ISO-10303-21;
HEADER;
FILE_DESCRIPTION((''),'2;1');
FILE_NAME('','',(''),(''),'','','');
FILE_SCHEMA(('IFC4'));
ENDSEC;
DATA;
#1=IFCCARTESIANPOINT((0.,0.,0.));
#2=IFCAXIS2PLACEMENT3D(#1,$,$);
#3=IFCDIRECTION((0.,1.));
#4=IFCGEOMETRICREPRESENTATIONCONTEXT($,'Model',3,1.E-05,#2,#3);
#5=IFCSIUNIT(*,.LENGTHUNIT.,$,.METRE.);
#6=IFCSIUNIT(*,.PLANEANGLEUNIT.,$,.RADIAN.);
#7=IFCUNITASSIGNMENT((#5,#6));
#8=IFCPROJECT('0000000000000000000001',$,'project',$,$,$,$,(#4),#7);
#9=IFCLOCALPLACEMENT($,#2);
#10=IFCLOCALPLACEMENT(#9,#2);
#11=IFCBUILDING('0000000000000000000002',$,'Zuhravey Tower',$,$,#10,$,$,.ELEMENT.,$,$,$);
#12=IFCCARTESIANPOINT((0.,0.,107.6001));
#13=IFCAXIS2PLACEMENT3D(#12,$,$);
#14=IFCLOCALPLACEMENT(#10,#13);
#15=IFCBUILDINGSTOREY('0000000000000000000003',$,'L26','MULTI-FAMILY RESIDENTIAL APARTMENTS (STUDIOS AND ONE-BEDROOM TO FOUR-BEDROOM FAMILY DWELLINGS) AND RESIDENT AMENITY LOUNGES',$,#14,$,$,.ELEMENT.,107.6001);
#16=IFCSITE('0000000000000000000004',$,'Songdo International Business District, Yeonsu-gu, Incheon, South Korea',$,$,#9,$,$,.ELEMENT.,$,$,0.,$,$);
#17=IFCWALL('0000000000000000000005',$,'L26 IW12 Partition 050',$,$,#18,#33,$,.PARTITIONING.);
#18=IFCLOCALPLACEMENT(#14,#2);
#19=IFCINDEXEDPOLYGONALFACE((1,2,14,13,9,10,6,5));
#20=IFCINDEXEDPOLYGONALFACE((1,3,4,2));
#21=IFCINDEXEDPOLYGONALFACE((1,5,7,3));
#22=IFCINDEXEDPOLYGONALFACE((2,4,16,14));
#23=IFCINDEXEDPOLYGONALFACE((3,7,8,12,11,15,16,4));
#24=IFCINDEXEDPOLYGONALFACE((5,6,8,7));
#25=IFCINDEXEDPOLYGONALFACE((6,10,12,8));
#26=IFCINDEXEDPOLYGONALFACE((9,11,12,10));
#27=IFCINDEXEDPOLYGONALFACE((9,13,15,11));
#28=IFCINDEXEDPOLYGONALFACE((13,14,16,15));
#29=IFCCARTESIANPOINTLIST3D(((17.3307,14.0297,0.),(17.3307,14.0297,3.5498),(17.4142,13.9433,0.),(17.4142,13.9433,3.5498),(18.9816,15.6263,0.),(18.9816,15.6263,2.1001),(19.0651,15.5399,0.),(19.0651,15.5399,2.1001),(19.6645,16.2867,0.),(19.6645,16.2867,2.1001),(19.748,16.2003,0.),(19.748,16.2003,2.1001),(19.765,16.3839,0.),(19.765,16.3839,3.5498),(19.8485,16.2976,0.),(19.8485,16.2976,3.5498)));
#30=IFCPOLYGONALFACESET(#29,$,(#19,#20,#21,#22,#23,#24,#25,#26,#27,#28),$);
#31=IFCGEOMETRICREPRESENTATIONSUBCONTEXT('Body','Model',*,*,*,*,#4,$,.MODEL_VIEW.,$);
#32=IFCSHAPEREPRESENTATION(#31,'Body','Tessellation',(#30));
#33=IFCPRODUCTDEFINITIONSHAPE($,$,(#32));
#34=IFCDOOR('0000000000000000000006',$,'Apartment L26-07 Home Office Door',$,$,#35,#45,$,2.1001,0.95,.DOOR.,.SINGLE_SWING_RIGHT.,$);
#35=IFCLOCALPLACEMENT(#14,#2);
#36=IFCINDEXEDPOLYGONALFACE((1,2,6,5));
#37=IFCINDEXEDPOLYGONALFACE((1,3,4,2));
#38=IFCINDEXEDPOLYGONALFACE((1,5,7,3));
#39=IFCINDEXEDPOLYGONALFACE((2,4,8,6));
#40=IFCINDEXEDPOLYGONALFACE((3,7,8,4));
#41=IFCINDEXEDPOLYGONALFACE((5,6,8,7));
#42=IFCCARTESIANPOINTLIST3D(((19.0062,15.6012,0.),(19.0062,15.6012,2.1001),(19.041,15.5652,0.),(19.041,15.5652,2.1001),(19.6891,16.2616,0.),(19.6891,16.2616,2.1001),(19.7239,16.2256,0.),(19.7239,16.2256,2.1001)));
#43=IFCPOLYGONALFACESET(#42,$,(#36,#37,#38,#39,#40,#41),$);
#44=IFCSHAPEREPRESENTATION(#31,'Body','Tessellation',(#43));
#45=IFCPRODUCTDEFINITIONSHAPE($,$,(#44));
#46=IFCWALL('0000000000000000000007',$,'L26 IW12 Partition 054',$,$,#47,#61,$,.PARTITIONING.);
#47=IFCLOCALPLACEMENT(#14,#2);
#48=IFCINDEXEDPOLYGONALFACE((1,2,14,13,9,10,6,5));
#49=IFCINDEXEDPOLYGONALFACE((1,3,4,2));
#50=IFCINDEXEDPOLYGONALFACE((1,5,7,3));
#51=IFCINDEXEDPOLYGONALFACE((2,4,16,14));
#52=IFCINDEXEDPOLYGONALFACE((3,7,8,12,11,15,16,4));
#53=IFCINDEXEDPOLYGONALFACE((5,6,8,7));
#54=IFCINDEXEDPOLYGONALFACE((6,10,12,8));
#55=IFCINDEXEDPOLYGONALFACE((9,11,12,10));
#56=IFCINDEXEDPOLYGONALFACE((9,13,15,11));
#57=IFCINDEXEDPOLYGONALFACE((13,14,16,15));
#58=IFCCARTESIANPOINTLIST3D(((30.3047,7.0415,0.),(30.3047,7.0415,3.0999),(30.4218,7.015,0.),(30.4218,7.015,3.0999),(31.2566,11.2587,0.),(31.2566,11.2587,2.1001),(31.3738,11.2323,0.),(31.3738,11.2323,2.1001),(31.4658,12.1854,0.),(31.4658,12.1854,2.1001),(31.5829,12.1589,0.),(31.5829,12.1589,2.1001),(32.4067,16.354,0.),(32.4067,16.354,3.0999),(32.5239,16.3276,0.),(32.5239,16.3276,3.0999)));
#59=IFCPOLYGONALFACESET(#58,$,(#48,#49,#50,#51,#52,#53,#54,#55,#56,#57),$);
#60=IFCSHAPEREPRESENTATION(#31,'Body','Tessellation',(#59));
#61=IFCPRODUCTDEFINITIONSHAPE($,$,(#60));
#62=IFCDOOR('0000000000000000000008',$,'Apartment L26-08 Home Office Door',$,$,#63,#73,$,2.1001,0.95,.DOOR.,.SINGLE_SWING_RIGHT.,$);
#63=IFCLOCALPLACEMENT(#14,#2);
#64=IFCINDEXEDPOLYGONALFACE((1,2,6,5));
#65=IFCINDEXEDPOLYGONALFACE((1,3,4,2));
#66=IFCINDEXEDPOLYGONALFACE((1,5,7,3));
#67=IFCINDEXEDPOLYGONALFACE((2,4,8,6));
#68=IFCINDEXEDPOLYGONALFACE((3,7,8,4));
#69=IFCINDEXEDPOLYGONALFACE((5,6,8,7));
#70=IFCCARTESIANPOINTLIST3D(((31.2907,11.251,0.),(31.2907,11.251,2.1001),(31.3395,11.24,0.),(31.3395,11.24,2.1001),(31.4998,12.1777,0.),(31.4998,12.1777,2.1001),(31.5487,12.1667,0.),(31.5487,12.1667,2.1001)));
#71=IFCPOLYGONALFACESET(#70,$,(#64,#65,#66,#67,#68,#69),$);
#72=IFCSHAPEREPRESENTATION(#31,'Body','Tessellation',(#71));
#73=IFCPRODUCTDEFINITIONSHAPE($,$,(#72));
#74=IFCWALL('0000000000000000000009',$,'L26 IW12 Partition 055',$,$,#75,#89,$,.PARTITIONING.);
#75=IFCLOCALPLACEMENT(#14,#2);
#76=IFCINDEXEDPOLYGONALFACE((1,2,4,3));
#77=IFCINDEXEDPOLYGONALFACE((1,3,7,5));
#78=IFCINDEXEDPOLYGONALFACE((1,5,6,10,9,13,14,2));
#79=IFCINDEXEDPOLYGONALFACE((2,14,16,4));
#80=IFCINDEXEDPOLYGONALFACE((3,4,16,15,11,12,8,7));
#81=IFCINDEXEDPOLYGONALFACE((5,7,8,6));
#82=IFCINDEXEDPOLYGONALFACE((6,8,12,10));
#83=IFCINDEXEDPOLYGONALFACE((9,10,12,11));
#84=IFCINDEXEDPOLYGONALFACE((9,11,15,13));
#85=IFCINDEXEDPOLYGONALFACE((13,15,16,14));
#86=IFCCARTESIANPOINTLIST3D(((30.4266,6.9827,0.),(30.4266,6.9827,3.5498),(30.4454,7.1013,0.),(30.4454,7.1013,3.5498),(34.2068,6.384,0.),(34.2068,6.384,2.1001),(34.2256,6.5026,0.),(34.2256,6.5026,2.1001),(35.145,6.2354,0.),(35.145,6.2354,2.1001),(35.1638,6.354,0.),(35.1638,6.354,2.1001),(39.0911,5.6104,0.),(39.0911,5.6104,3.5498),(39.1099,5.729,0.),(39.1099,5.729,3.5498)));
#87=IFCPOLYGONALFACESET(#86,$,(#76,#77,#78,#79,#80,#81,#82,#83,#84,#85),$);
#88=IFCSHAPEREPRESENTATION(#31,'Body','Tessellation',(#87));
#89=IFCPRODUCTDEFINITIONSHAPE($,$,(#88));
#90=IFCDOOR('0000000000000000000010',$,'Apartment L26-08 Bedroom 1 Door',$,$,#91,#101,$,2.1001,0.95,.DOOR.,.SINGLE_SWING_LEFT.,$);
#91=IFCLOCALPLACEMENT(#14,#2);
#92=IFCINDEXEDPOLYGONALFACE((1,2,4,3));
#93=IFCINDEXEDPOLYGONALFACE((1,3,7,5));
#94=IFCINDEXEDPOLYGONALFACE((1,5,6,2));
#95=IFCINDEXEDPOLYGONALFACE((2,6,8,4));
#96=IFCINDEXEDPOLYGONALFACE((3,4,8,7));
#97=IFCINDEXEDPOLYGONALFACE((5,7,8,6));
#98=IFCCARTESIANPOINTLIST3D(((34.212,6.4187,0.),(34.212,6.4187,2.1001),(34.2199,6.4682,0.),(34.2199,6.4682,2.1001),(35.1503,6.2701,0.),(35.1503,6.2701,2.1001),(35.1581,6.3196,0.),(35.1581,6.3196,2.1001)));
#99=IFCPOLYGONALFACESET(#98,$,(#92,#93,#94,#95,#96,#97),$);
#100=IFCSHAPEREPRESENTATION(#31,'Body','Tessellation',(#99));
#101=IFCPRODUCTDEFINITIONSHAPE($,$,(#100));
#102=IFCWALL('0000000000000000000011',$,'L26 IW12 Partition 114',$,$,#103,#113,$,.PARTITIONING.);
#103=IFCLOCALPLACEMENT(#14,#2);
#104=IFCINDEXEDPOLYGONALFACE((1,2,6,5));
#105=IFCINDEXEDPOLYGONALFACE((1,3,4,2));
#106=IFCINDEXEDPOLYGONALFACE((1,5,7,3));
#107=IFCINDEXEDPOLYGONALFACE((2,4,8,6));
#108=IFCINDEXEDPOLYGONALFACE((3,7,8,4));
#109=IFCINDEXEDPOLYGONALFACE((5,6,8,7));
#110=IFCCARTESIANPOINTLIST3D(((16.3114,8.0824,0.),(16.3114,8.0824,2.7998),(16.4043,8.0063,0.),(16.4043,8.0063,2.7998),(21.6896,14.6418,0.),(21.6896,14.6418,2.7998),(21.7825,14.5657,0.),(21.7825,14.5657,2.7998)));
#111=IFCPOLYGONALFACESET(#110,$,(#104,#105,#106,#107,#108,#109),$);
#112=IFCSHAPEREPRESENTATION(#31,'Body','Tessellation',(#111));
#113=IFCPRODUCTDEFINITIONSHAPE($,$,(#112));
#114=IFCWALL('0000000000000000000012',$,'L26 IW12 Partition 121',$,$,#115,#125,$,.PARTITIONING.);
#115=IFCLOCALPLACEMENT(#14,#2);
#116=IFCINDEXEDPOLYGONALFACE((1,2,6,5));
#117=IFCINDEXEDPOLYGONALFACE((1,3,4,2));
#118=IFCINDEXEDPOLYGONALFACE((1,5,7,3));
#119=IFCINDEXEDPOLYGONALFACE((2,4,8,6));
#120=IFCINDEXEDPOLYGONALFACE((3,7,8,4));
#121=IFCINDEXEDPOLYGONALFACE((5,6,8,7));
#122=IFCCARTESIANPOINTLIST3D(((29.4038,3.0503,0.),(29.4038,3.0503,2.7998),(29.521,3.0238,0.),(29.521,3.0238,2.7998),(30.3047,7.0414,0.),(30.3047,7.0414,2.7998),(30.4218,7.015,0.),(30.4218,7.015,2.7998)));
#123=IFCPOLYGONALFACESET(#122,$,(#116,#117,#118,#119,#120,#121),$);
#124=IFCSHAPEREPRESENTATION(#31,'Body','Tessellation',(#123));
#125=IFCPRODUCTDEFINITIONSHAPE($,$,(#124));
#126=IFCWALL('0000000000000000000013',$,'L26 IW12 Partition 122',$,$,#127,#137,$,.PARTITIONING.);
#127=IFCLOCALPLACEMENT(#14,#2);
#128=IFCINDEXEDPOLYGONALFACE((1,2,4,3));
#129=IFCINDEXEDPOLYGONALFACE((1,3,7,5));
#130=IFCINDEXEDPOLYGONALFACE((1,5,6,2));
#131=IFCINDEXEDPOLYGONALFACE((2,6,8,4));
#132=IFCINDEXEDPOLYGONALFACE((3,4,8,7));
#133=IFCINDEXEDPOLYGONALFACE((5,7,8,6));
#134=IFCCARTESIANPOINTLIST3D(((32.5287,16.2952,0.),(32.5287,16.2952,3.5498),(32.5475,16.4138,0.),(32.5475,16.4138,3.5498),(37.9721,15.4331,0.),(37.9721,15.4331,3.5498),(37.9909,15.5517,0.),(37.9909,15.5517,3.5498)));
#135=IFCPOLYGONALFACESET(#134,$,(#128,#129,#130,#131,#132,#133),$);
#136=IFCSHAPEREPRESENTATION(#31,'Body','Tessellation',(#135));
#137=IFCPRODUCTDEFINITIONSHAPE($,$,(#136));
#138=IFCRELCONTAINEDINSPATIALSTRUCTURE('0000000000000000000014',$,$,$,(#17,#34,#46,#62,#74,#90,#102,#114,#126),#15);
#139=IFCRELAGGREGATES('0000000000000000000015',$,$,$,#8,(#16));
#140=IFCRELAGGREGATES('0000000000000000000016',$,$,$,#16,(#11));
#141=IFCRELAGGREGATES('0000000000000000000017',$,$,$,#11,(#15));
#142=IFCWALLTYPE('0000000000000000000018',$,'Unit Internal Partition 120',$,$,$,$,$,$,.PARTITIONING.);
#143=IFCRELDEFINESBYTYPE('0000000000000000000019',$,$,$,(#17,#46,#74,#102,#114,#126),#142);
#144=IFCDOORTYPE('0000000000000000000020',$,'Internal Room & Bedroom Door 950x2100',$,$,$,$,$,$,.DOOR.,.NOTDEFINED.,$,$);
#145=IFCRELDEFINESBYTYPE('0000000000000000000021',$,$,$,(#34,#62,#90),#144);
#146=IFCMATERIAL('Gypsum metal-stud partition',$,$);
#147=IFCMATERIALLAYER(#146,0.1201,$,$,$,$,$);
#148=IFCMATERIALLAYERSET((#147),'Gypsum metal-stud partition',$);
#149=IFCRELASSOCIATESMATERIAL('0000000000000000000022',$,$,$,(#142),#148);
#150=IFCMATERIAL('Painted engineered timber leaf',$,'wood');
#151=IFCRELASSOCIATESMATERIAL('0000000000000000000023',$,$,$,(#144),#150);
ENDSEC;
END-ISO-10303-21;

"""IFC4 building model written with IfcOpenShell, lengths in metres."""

from ifc_helpers import new_model, si_unit, direction, frame, frame_2d, origin, place, context, subcontext, project, spatial, rectangle, extrude, material, layer, layer_set, type_object, element, fill, save


model = new_model("IFC4")

# Units and contexts
model_context = context("Model", 3, precision=1e-05, world=origin(), true_north=direction((0.0, 1.0)))
body_context = subcontext(model_context, "Body", "Model", "MODEL_VIEW")
ifc_project = project(units=[si_unit("LENGTHUNIT", "METRE"), si_unit("PLANEANGLEUNIT", "RADIAN")], contexts=[model_context])

# Site, building, storey
site_placement = place(None, origin())
site = spatial("IfcSite", under=ifc_project, at=site_placement, Name="Songdo International Business District, Yeonsu-gu, Incheon, South Korea", CompositionType="ELEMENT", RefElevation=0.0)
building_placement = place(site_placement, origin())
building = spatial("IfcBuilding", under=site, at=building_placement, Name="Zuhravey Tower", CompositionType="ELEMENT")
storey_placement = place(building_placement, frame((0.0, 0.0, 107.6001)))
storey = spatial("IfcBuildingStorey", under=building, at=storey_placement, Name="L26", Description="MULTI-FAMILY RESIDENTIAL APARTMENTS (STUDIOS AND ONE-BEDROOM TO FOUR-BEDROOM FAMILY DWELLINGS) AND RESIDENT AMENITY LOUNGES", CompositionType="ELEMENT", Elevation=107.6001)

# Shared definitions
ifc_material_1 = material(Name="Gypsum metal-stud partition")
ifc_layer_1 = layer(ifc_material_1, 0.1201)
ifc_layer_set_1 = layer_set([ifc_layer_1], Name="Gypsum metal-stud partition")
wall_type_1 = type_object("IfcWallType", Name="Unit Internal Partition 120", PredefinedType="PARTITIONING", material=ifc_layer_set_1)
ifc_material_2 = material(Name="Painted engineered timber leaf", Category="wood")
door_type = type_object("IfcDoorType", Name="Internal Room & Bedroom Door 950x2100", OperationType="NOTDEFINED", PredefinedType="DOOR", material=ifc_material_2)

# Walls, openings, doors
wall_1_placement = place(storey_placement, frame((19.8069, 16.3408, 0.0), z_axis=(0.0, 0.0, 1.0), x_axis=(-0.718831, -0.695185, 0.0)))
wall_1 = element("IfcWall", 1, at=wall_1_placement, inside=storey, type_object=wall_type_1, Name="L26 IW12 Partition 050", PredefinedType="PARTITIONING", context=body_context, shape_type="SweptSolid", body=[
    extrude(rectangle(XDim=3.3865, YDim=0.1201, at=frame_2d((1.6934, 0.0))), origin(), (0.0, 0.0, 1.0), 3.5498),
])
opening_1_placement = place(wall_1_placement, frame((0.1399, 0.0, 0.0)))
opening_1 = element("IfcOpeningElement", 2, at=opening_1_placement, cuts=wall_1, PredefinedType="OPENING", context=body_context, shape_type="SweptSolid", body=[
    extrude(rectangle(XDim=0.95, YDim=2.1001, at=frame_2d((0.4751, 1.05))), frame((0.0, 0.072, 0.0), z_axis=(0.0, -1.0, 0.0), x_axis=(1.0, 0.0, 0.0)), (0.0, 0.0, 1.0), 0.144),
])
door_1_placement = place(opening_1_placement, frame((0.95, 0.0, 0.0), z_axis=(0.0, 0.0, 1.0), x_axis=(-1.0, 0.0, 0.0)))
door_1 = element("IfcDoor", 3, at=door_1_placement, inside=storey, type_object=door_type, Name="Apartment L26-07 Home Office Door", OperationType="SINGLE_SWING_RIGHT", OverallHeight=2.1001, OverallWidth=0.95, PredefinedType="DOOR", context=body_context, shape_type="SweptSolid", body=[
    extrude(rectangle(XDim=0.95, YDim=2.1001, at=frame_2d((0.4751, 1.05))), frame((0.0, 0.0249, 0.0), z_axis=(0.0, -1.0, 0.0), x_axis=(1.0, 0.0, 0.0)), (0.0, 0.0, 1.0), 0.05),
])
fill(opening_1, door_1)
wall_2_placement = place(storey_placement, frame((32.4653, 16.3408, 0.0), z_axis=(0.0, 0.0, 1.0), x_axis=(-0.220184, -0.975458, 0.0)))
wall_2 = element("IfcWall", 4, at=wall_2_placement, inside=storey, type_object=wall_type_1, Name="L26 IW12 Partition 054", PredefinedType="PARTITIONING", context=body_context, shape_type="SweptSolid", body=[
    extrude(rectangle(XDim=9.5469, YDim=0.1201, at=frame_2d((4.7734, 0.0))), origin(), (0.0, 0.0, 1.0), 3.0999),
])
opening_2_placement = place(wall_2_placement, frame((4.2734, 0.0, 0.0)))
opening_2 = element("IfcOpeningElement", 5, at=opening_2_placement, cuts=wall_2, PredefinedType="OPENING", context=body_context, shape_type="SweptSolid", body=[
    extrude(rectangle(XDim=0.95, YDim=2.1001, at=frame_2d((0.4751, 1.05))), frame((0.0, 0.072, 0.0), z_axis=(0.0, -1.0, 0.0), x_axis=(1.0, 0.0, 0.0)), (0.0, 0.0, 1.0), 0.144),
])
door_2_placement = place(opening_2_placement, origin())
door_2 = element("IfcDoor", 6, at=door_2_placement, inside=storey, type_object=door_type, Name="Apartment L26-08 Home Office Door", OperationType="SINGLE_SWING_RIGHT", OverallHeight=2.1001, OverallWidth=0.95, PredefinedType="DOOR", context=body_context, shape_type="SweptSolid", body=[
    extrude(rectangle(XDim=0.95, YDim=2.1001, at=frame_2d((0.4751, 1.05))), frame((0.0, 0.0249, 0.0), z_axis=(0.0, -1.0, 0.0), x_axis=(1.0, 0.0, 0.0)), (0.0, 0.0, 1.0), 0.05),
])
fill(opening_2, door_2)
wall_3_placement = place(storey_placement, frame((30.436, 7.042, 0.0), z_axis=(0.0, 0.0, 1.0), x_axis=(0.987689, -0.156433, 0.0)))
wall_3 = element("IfcWall", 7, at=wall_3_placement, inside=storey, type_object=wall_type_1, Name="L26 IW12 Partition 055", PredefinedType="PARTITIONING", context=body_context, shape_type="SweptSolid", body=[
    extrude(rectangle(XDim=8.7725, YDim=0.1201, at=frame_2d((4.3862, 0.0))), origin(), (0.0, 0.0, 1.0), 3.5498),
])
opening_3_placement = place(wall_3_placement, frame((3.8271, 0.0, 0.0)))
opening_3 = element("IfcOpeningElement", 8, at=opening_3_placement, cuts=wall_3, PredefinedType="OPENING", context=body_context, shape_type="SweptSolid", body=[
    extrude(rectangle(XDim=0.95, YDim=2.1001, at=frame_2d((0.4751, 1.05))), frame((0.0, 0.072, 0.0), z_axis=(0.0, -1.0, 0.0), x_axis=(1.0, 0.0, 0.0)), (0.0, 0.0, 1.0), 0.144),
])
door_3_placement = place(opening_3_placement, frame((0.95, 0.0, 0.0), z_axis=(0.0, 0.0, 1.0), x_axis=(-1.0, 0.0, 0.0)))
door_3 = element("IfcDoor", 9, at=door_3_placement, inside=storey, type_object=door_type, Name="Apartment L26-08 Bedroom 1 Door", OperationType="SINGLE_SWING_LEFT", OverallHeight=2.1001, OverallWidth=0.95, PredefinedType="DOOR", context=body_context, shape_type="SweptSolid", body=[
    extrude(rectangle(XDim=0.95, YDim=2.1001, at=frame_2d((0.4751, 1.05))), frame((0.0, 0.0249, 0.0), z_axis=(0.0, -1.0, 0.0), x_axis=(1.0, 0.0, 0.0)), (0.0, 0.0, 1.0), 0.05),
])
fill(opening_3, door_3)

# Walls
wall_4_placement = place(storey_placement, frame((21.7361, 14.6038, 0.0), z_axis=(0.0, 0.0, 1.0), x_axis=(-0.634046, -0.773295, 0.0)))
element("IfcWall", 10, at=wall_4_placement, inside=storey, type_object=wall_type_1, Name="L26 IW12 Partition 114", PredefinedType="PARTITIONING", context=body_context, shape_type="SweptSolid", body=[
    extrude(rectangle(XDim=8.4824, YDim=0.1201, at=frame_2d((4.2412, 0.0))), origin(), (0.0, 0.0, 1.0), 2.7998),
])
wall_5_placement = place(storey_placement, frame((30.3633, 7.0283, 0.0), z_axis=(0.0, 0.0, 1.0), x_axis=(-0.220177, -0.97546, 0.0)))
element("IfcWall", 11, at=wall_5_placement, inside=storey, type_object=wall_type_1, Name="L26 IW12 Partition 121", PredefinedType="PARTITIONING", context=body_context, shape_type="SweptSolid", body=[
    extrude(rectangle(XDim=4.0916, YDim=0.1201, at=frame_2d((2.0459, 0.0))), origin(), (0.0, 0.0, 1.0), 2.7998),
])
wall_6_placement = place(storey_placement, frame((32.5381, 16.3545, 0.0), z_axis=(0.0, 0.0, 1.0), x_axis=(0.987691, -0.15642, 0.0)))
element("IfcWall", 12, at=wall_6_placement, inside=storey, type_object=wall_type_1, Name="L26 IW12 Partition 122", PredefinedType="PARTITIONING", context=body_context, shape_type="SweptSolid", body=[
    extrude(rectangle(XDim=5.5112, YDim=0.1201, at=frame_2d((2.7556, 0.0))), origin(), (0.0, 0.0, 1.0), 3.5498),
])

save(model, "model.ifc")
